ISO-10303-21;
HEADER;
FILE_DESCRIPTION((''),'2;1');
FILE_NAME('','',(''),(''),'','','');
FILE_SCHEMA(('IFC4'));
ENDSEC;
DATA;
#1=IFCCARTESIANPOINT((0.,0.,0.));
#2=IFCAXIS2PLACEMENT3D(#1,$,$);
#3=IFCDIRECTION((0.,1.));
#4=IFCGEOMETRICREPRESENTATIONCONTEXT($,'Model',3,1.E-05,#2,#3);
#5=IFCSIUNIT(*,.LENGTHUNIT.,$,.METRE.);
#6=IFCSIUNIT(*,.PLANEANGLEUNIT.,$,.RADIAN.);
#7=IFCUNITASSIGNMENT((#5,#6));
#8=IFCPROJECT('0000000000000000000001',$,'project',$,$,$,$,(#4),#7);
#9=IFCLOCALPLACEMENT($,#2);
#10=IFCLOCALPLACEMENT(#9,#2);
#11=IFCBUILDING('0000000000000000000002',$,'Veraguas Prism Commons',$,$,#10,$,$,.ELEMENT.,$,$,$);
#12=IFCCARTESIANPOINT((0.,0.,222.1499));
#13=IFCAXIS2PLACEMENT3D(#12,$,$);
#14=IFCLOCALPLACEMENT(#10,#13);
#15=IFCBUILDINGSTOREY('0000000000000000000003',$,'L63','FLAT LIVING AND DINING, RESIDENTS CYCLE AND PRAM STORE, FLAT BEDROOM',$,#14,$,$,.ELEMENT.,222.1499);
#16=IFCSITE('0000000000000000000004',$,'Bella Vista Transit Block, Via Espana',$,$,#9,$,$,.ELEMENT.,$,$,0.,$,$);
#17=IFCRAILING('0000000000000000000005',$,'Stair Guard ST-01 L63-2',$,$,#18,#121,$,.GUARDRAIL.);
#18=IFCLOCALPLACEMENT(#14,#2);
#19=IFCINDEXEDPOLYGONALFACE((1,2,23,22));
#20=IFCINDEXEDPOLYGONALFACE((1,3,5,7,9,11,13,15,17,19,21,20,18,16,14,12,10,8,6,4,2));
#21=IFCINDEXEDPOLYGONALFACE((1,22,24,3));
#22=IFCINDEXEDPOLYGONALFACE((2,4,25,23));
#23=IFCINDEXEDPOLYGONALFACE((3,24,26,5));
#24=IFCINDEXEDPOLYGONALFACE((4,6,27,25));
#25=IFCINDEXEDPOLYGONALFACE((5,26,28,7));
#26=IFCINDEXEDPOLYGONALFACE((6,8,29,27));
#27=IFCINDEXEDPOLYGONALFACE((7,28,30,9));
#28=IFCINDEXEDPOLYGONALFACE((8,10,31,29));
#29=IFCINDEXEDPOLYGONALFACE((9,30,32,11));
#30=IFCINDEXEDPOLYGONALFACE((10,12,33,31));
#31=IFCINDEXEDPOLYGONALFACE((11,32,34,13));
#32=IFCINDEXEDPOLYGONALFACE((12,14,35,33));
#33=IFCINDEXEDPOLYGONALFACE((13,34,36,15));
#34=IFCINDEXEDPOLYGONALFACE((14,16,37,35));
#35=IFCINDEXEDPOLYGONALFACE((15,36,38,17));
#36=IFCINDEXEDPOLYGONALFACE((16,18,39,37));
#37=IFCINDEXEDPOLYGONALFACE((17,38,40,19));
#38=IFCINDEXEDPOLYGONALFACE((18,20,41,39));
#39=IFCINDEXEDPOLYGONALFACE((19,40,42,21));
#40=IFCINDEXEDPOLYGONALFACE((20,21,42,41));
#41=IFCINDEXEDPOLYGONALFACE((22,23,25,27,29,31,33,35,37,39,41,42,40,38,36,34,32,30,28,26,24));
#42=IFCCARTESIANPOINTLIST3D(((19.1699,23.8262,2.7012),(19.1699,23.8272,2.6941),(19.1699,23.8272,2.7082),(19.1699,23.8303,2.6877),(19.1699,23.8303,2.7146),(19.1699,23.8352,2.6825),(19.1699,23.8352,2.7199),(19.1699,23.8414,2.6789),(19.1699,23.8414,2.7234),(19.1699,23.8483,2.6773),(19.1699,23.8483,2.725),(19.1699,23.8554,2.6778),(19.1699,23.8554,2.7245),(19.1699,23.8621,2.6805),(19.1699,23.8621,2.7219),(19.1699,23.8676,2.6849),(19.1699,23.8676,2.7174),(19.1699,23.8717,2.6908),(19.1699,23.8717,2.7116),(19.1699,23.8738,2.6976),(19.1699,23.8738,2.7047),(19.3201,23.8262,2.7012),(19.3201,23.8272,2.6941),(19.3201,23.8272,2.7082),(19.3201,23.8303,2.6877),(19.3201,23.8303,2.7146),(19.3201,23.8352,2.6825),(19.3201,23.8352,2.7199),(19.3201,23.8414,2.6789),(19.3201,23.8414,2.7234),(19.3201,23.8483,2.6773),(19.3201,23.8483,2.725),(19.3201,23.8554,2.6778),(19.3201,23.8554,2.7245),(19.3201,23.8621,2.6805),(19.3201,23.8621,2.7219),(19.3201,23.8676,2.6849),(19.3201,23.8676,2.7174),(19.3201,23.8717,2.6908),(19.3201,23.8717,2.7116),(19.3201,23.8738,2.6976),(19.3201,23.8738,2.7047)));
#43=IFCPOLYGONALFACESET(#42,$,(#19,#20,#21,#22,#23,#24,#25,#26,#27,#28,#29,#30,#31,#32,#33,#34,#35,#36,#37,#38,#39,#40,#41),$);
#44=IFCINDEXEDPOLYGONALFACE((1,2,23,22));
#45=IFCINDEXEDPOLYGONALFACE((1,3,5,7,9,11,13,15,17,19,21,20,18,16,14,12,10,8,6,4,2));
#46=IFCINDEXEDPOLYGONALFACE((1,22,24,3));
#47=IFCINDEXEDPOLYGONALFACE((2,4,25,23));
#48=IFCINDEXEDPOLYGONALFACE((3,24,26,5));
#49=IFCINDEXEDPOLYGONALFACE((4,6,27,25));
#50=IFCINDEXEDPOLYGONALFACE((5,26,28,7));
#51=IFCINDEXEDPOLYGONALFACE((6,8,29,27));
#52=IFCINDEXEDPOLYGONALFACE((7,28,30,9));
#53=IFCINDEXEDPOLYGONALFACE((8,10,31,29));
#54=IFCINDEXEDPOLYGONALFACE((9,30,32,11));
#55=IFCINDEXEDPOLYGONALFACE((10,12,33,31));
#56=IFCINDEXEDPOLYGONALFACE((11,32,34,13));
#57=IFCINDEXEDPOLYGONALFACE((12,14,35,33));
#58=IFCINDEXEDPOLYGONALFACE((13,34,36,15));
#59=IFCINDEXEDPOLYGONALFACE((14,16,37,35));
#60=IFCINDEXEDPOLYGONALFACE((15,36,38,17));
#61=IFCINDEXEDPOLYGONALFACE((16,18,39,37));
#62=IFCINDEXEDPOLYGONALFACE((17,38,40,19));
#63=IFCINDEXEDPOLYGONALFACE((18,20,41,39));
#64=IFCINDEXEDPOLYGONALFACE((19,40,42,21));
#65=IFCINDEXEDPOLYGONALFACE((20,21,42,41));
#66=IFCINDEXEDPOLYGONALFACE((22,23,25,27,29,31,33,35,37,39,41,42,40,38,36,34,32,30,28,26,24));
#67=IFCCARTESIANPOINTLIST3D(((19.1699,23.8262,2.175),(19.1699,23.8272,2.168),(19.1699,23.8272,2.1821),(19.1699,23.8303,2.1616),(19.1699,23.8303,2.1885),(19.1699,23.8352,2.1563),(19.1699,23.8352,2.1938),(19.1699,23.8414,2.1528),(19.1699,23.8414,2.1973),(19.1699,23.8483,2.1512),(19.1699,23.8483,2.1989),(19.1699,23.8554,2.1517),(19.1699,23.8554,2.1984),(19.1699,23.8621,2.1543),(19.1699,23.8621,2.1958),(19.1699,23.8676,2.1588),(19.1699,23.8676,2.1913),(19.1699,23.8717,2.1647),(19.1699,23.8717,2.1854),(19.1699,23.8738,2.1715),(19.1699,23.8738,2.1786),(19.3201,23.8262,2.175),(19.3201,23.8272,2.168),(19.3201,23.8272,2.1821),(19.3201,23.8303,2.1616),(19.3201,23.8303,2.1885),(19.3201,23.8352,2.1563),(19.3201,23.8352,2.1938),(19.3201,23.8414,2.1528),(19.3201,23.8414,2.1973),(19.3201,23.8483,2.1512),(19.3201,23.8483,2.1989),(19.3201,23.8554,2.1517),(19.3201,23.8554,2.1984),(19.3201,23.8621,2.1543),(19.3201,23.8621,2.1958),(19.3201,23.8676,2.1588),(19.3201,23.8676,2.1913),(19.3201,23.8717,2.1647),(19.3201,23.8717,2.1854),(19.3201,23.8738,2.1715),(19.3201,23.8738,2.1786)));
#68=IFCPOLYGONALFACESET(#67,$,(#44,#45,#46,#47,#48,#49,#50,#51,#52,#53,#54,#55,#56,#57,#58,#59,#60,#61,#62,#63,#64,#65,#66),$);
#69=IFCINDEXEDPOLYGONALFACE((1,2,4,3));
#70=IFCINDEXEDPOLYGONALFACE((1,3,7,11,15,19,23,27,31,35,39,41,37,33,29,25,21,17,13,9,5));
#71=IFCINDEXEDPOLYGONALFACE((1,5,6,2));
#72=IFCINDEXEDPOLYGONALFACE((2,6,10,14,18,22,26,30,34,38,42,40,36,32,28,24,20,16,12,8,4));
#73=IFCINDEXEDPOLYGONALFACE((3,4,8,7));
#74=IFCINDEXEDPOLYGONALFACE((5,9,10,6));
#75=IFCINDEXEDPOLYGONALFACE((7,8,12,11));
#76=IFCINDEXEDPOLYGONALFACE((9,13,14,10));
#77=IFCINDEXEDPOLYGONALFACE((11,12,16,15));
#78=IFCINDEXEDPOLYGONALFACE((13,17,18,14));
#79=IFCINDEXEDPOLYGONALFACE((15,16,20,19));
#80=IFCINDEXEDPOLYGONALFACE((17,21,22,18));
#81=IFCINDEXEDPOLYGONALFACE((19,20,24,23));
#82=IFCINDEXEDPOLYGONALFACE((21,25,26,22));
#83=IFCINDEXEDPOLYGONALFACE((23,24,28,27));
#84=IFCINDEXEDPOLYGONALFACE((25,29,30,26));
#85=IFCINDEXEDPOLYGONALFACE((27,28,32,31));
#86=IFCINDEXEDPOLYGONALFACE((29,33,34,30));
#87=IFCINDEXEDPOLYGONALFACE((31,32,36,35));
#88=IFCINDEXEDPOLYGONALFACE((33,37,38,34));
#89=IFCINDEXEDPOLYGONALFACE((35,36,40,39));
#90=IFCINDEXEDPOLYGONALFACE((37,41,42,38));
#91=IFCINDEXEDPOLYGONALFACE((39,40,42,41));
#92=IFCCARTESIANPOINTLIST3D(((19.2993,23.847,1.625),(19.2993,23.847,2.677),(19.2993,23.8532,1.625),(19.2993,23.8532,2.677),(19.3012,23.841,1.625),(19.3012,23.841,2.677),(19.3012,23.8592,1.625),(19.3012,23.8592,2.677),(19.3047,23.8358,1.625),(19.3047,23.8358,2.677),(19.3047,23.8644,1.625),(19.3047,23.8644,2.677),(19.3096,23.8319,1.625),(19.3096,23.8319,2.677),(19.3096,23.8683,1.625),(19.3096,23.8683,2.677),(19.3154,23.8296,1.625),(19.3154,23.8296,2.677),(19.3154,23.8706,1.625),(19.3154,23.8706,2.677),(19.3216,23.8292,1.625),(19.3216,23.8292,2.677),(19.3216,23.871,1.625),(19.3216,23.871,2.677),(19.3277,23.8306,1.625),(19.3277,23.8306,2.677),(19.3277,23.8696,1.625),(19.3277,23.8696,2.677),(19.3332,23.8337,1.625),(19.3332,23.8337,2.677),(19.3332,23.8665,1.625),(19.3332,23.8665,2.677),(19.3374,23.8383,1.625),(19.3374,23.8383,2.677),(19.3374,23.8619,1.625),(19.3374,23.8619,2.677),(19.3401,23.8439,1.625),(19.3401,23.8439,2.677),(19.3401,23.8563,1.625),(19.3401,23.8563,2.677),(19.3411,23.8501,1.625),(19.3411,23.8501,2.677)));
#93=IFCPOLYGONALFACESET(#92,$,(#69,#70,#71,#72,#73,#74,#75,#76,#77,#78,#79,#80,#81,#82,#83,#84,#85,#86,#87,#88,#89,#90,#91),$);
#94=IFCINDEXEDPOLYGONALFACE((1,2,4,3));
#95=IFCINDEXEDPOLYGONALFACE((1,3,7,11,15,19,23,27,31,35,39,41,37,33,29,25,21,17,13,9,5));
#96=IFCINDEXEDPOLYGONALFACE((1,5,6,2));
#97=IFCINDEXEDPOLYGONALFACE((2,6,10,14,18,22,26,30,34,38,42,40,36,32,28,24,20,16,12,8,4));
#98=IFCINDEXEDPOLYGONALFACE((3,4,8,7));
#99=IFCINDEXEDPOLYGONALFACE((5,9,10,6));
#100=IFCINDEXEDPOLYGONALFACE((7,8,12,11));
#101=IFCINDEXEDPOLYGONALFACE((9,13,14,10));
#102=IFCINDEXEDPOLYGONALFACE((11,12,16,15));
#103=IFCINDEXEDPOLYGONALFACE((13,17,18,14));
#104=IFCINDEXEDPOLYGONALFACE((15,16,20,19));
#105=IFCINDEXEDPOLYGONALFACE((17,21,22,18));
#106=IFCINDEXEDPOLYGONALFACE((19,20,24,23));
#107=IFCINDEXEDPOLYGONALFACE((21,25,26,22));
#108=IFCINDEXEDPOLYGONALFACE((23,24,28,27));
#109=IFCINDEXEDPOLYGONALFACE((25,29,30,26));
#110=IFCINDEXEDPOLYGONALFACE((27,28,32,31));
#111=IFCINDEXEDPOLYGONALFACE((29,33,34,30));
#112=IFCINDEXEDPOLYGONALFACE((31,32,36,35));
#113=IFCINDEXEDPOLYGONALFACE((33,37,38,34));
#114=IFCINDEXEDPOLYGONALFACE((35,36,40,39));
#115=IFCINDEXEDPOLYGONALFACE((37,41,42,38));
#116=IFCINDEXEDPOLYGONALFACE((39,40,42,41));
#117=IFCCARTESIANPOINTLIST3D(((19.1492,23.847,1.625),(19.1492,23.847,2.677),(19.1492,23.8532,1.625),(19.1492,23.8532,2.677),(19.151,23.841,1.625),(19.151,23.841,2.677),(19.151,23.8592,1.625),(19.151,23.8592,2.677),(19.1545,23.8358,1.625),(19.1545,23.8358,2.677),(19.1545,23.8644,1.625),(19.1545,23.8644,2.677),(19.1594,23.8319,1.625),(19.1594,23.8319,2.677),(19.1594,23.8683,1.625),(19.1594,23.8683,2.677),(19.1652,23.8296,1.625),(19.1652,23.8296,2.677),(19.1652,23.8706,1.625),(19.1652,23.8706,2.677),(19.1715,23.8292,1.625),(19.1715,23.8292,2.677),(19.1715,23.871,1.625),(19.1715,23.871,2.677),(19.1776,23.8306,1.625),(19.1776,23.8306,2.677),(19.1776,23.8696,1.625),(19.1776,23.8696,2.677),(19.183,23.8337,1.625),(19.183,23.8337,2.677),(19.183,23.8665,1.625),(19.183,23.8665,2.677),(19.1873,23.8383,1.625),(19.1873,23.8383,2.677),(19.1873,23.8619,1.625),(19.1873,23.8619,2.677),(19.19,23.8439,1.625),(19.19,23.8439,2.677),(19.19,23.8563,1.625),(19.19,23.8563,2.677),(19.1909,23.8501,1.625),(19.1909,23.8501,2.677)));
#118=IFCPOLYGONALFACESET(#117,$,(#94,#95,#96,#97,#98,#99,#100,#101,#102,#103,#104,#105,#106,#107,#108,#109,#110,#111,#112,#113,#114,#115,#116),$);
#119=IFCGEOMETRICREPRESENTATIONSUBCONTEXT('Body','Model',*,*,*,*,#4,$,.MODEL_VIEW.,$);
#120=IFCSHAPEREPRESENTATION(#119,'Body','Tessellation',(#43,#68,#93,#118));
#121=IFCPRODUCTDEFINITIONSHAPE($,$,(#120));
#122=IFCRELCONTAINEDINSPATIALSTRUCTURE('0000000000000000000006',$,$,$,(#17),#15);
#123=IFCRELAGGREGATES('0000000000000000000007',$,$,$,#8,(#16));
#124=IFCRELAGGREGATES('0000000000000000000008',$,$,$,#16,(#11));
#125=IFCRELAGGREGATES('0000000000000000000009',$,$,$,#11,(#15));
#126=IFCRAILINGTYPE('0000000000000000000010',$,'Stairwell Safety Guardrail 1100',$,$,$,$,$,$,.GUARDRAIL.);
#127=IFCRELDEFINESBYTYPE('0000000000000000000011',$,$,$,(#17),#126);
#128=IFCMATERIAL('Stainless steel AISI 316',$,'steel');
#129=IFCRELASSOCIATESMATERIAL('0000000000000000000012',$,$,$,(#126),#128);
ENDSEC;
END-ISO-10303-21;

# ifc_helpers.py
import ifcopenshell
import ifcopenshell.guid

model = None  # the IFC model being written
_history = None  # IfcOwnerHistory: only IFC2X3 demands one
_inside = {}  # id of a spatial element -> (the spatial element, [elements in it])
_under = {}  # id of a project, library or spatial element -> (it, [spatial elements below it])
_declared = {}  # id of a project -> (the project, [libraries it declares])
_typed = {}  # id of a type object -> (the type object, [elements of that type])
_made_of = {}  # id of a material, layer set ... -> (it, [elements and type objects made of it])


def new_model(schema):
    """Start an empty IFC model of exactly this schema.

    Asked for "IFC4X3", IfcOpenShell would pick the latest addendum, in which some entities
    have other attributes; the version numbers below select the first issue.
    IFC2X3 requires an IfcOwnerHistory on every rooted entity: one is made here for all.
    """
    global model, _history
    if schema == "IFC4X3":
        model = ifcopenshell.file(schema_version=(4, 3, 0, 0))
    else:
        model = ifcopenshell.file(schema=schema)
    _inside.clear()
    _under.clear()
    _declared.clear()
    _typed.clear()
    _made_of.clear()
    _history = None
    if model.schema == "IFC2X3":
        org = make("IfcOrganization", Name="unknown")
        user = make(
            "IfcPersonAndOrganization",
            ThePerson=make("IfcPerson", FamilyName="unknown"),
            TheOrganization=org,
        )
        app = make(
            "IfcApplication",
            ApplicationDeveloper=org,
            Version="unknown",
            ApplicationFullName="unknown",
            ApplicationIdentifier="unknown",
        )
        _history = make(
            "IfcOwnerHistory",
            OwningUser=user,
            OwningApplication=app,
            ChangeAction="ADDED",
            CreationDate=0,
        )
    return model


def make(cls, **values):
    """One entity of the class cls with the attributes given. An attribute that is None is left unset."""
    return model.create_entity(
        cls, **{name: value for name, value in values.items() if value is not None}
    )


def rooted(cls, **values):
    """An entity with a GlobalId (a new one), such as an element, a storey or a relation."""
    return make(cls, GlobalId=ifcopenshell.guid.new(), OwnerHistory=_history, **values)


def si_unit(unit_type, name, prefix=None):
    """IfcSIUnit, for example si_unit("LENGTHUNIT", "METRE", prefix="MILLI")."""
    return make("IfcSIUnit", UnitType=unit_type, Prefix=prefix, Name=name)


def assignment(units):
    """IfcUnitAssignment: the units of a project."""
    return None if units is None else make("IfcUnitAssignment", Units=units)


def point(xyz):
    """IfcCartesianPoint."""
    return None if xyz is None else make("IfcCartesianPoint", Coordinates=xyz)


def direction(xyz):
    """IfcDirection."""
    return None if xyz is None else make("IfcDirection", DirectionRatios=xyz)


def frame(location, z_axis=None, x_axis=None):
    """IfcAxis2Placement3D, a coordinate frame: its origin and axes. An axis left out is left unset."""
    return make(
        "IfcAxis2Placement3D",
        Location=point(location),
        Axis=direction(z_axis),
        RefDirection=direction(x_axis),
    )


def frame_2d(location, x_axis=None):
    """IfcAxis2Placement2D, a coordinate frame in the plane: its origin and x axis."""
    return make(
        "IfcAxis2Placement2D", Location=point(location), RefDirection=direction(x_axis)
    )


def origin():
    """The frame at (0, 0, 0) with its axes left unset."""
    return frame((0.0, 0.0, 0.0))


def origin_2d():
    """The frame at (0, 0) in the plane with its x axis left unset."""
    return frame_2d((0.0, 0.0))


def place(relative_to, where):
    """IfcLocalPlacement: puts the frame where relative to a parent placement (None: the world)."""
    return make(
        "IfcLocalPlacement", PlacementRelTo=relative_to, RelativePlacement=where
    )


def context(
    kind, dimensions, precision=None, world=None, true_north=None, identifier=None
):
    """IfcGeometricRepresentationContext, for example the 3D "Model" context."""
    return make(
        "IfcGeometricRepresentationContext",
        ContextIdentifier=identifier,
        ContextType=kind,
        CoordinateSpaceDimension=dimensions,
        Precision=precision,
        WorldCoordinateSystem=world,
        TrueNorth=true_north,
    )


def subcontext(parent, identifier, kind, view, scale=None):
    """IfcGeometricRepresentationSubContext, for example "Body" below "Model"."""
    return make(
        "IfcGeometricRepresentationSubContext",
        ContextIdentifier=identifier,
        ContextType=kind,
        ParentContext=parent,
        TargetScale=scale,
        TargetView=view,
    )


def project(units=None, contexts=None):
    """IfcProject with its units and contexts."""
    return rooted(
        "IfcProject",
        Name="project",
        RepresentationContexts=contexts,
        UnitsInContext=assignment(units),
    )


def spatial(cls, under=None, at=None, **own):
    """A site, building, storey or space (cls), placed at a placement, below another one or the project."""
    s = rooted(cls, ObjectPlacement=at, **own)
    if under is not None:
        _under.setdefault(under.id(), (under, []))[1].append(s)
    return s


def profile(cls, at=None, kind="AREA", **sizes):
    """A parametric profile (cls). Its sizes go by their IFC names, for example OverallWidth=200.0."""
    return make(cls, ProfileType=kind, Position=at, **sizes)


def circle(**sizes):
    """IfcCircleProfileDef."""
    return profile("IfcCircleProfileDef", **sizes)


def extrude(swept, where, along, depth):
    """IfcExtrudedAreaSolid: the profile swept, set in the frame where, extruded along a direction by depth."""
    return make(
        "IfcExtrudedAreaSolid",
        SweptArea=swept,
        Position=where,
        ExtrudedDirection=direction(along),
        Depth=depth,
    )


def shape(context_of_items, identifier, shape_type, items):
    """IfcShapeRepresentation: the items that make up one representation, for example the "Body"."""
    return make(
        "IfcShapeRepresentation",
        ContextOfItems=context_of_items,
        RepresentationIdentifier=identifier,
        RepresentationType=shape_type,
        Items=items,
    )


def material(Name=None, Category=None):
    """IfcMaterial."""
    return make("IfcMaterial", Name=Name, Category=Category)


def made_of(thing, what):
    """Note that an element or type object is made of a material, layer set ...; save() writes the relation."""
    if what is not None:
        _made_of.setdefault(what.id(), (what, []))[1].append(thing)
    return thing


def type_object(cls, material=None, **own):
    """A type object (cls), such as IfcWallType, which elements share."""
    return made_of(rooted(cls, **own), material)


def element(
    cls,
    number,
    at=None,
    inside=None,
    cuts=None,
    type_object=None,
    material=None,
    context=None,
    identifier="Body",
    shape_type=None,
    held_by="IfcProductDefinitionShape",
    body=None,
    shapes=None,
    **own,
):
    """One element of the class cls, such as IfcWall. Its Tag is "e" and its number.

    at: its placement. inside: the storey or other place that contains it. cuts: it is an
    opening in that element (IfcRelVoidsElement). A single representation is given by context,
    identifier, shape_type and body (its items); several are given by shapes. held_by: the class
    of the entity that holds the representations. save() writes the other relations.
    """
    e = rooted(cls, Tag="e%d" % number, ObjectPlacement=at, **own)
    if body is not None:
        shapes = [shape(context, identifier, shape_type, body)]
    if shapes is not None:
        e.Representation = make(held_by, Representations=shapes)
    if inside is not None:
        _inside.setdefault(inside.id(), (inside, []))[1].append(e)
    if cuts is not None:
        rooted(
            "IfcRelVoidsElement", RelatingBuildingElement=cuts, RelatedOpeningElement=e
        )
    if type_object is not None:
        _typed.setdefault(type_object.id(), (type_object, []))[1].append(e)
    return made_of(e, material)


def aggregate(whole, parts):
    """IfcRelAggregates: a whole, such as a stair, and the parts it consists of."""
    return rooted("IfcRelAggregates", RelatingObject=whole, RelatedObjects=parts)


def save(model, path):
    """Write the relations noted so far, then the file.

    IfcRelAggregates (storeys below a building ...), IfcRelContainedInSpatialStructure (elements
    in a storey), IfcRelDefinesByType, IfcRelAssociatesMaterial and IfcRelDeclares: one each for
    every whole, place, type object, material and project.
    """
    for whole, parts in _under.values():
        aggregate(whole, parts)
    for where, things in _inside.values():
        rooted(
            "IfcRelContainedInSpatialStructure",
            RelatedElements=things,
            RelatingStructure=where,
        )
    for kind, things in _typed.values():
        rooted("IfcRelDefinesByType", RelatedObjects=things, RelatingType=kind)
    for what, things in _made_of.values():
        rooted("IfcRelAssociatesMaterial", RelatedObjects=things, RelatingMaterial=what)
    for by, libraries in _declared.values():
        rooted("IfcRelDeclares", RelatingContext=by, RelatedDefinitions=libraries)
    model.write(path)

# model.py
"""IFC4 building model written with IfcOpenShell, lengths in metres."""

from ifc_helpers import new_model, si_unit, direction, frame, origin, origin_2d, place, context, subcontext, project, spatial, circle, extrude, material, type_object, element, save


model = new_model("IFC4")

# Units and contexts
model_context = context("Model", 3, precision=1e-05, world=origin(), true_north=direction((0.0, 1.0)))
body_context = subcontext(model_context, "Body", "Model", "MODEL_VIEW")
ifc_project = project(units=[si_unit("LENGTHUNIT", "METRE"), si_unit("PLANEANGLEUNIT", "RADIAN")], contexts=[model_context])

# Site, building, storey
site_placement = place(None, origin())
site = spatial("IfcSite", under=ifc_project, at=site_placement, Name="Bella Vista Transit Block, Via Espana", CompositionType="ELEMENT", RefElevation=0.0)
building_placement = place(site_placement, origin())
building = spatial("IfcBuilding", under=site, at=building_placement, Name="Veraguas Prism Commons", CompositionType="ELEMENT")
storey_placement = place(building_placement, frame((0.0, 0.0, 222.1499)))
storey = spatial("IfcBuildingStorey", under=building, at=storey_placement, Name="L63", Description="FLAT LIVING AND DINING, RESIDENTS CYCLE AND PRAM STORE, FLAT BEDROOM", CompositionType="ELEMENT", Elevation=222.1499)

# Shared definitions
ifc_material_1 = material(Name="Stainless steel AISI 316", Category="steel")

# Railing
railing_type_1 = type_object("IfcRailingType", Name="Stairwell Safety Guardrail 1100", PredefinedType="GUARDRAIL", material=ifc_material_1)
railing_1_placement = place(storey_placement, frame((19.3201, 23.8501, 1.625)))
element("IfcRailing", 1, at=railing_1_placement, inside=storey, type_object=railing_type_1, Name="Stair Guard ST-01 L63-2", PredefinedType="GUARDRAIL", context=body_context, shape_type="SweptSolid", body=[
    extrude(circle(Radius=0.0239, at=origin_2d()), frame((0.0, 0.0, 1.0762), z_axis=(-1.0, 0.0, 0.0), x_axis=(0.0, -1.0, 0.0)), (0.0, 0.0, 1.0), 0.1501),
    extrude(circle(Radius=0.0239, at=origin_2d()), frame((0.0, 0.0, 0.55), z_axis=(-1.0, 0.0, 0.0), x_axis=(0.0, -1.0, 0.0)), (0.0, 0.0, 1.0), 0.1501),
    extrude(circle(Radius=0.021, at=origin_2d()), origin(), (0.0, 0.0, 1.0), 1.052),
    extrude(circle(Radius=0.021, at=origin_2d()), frame((-0.1501, 0.0, 0.0)), (0.0, 0.0, 1.0), 1.052),
])

save(model, "model.ifc")
